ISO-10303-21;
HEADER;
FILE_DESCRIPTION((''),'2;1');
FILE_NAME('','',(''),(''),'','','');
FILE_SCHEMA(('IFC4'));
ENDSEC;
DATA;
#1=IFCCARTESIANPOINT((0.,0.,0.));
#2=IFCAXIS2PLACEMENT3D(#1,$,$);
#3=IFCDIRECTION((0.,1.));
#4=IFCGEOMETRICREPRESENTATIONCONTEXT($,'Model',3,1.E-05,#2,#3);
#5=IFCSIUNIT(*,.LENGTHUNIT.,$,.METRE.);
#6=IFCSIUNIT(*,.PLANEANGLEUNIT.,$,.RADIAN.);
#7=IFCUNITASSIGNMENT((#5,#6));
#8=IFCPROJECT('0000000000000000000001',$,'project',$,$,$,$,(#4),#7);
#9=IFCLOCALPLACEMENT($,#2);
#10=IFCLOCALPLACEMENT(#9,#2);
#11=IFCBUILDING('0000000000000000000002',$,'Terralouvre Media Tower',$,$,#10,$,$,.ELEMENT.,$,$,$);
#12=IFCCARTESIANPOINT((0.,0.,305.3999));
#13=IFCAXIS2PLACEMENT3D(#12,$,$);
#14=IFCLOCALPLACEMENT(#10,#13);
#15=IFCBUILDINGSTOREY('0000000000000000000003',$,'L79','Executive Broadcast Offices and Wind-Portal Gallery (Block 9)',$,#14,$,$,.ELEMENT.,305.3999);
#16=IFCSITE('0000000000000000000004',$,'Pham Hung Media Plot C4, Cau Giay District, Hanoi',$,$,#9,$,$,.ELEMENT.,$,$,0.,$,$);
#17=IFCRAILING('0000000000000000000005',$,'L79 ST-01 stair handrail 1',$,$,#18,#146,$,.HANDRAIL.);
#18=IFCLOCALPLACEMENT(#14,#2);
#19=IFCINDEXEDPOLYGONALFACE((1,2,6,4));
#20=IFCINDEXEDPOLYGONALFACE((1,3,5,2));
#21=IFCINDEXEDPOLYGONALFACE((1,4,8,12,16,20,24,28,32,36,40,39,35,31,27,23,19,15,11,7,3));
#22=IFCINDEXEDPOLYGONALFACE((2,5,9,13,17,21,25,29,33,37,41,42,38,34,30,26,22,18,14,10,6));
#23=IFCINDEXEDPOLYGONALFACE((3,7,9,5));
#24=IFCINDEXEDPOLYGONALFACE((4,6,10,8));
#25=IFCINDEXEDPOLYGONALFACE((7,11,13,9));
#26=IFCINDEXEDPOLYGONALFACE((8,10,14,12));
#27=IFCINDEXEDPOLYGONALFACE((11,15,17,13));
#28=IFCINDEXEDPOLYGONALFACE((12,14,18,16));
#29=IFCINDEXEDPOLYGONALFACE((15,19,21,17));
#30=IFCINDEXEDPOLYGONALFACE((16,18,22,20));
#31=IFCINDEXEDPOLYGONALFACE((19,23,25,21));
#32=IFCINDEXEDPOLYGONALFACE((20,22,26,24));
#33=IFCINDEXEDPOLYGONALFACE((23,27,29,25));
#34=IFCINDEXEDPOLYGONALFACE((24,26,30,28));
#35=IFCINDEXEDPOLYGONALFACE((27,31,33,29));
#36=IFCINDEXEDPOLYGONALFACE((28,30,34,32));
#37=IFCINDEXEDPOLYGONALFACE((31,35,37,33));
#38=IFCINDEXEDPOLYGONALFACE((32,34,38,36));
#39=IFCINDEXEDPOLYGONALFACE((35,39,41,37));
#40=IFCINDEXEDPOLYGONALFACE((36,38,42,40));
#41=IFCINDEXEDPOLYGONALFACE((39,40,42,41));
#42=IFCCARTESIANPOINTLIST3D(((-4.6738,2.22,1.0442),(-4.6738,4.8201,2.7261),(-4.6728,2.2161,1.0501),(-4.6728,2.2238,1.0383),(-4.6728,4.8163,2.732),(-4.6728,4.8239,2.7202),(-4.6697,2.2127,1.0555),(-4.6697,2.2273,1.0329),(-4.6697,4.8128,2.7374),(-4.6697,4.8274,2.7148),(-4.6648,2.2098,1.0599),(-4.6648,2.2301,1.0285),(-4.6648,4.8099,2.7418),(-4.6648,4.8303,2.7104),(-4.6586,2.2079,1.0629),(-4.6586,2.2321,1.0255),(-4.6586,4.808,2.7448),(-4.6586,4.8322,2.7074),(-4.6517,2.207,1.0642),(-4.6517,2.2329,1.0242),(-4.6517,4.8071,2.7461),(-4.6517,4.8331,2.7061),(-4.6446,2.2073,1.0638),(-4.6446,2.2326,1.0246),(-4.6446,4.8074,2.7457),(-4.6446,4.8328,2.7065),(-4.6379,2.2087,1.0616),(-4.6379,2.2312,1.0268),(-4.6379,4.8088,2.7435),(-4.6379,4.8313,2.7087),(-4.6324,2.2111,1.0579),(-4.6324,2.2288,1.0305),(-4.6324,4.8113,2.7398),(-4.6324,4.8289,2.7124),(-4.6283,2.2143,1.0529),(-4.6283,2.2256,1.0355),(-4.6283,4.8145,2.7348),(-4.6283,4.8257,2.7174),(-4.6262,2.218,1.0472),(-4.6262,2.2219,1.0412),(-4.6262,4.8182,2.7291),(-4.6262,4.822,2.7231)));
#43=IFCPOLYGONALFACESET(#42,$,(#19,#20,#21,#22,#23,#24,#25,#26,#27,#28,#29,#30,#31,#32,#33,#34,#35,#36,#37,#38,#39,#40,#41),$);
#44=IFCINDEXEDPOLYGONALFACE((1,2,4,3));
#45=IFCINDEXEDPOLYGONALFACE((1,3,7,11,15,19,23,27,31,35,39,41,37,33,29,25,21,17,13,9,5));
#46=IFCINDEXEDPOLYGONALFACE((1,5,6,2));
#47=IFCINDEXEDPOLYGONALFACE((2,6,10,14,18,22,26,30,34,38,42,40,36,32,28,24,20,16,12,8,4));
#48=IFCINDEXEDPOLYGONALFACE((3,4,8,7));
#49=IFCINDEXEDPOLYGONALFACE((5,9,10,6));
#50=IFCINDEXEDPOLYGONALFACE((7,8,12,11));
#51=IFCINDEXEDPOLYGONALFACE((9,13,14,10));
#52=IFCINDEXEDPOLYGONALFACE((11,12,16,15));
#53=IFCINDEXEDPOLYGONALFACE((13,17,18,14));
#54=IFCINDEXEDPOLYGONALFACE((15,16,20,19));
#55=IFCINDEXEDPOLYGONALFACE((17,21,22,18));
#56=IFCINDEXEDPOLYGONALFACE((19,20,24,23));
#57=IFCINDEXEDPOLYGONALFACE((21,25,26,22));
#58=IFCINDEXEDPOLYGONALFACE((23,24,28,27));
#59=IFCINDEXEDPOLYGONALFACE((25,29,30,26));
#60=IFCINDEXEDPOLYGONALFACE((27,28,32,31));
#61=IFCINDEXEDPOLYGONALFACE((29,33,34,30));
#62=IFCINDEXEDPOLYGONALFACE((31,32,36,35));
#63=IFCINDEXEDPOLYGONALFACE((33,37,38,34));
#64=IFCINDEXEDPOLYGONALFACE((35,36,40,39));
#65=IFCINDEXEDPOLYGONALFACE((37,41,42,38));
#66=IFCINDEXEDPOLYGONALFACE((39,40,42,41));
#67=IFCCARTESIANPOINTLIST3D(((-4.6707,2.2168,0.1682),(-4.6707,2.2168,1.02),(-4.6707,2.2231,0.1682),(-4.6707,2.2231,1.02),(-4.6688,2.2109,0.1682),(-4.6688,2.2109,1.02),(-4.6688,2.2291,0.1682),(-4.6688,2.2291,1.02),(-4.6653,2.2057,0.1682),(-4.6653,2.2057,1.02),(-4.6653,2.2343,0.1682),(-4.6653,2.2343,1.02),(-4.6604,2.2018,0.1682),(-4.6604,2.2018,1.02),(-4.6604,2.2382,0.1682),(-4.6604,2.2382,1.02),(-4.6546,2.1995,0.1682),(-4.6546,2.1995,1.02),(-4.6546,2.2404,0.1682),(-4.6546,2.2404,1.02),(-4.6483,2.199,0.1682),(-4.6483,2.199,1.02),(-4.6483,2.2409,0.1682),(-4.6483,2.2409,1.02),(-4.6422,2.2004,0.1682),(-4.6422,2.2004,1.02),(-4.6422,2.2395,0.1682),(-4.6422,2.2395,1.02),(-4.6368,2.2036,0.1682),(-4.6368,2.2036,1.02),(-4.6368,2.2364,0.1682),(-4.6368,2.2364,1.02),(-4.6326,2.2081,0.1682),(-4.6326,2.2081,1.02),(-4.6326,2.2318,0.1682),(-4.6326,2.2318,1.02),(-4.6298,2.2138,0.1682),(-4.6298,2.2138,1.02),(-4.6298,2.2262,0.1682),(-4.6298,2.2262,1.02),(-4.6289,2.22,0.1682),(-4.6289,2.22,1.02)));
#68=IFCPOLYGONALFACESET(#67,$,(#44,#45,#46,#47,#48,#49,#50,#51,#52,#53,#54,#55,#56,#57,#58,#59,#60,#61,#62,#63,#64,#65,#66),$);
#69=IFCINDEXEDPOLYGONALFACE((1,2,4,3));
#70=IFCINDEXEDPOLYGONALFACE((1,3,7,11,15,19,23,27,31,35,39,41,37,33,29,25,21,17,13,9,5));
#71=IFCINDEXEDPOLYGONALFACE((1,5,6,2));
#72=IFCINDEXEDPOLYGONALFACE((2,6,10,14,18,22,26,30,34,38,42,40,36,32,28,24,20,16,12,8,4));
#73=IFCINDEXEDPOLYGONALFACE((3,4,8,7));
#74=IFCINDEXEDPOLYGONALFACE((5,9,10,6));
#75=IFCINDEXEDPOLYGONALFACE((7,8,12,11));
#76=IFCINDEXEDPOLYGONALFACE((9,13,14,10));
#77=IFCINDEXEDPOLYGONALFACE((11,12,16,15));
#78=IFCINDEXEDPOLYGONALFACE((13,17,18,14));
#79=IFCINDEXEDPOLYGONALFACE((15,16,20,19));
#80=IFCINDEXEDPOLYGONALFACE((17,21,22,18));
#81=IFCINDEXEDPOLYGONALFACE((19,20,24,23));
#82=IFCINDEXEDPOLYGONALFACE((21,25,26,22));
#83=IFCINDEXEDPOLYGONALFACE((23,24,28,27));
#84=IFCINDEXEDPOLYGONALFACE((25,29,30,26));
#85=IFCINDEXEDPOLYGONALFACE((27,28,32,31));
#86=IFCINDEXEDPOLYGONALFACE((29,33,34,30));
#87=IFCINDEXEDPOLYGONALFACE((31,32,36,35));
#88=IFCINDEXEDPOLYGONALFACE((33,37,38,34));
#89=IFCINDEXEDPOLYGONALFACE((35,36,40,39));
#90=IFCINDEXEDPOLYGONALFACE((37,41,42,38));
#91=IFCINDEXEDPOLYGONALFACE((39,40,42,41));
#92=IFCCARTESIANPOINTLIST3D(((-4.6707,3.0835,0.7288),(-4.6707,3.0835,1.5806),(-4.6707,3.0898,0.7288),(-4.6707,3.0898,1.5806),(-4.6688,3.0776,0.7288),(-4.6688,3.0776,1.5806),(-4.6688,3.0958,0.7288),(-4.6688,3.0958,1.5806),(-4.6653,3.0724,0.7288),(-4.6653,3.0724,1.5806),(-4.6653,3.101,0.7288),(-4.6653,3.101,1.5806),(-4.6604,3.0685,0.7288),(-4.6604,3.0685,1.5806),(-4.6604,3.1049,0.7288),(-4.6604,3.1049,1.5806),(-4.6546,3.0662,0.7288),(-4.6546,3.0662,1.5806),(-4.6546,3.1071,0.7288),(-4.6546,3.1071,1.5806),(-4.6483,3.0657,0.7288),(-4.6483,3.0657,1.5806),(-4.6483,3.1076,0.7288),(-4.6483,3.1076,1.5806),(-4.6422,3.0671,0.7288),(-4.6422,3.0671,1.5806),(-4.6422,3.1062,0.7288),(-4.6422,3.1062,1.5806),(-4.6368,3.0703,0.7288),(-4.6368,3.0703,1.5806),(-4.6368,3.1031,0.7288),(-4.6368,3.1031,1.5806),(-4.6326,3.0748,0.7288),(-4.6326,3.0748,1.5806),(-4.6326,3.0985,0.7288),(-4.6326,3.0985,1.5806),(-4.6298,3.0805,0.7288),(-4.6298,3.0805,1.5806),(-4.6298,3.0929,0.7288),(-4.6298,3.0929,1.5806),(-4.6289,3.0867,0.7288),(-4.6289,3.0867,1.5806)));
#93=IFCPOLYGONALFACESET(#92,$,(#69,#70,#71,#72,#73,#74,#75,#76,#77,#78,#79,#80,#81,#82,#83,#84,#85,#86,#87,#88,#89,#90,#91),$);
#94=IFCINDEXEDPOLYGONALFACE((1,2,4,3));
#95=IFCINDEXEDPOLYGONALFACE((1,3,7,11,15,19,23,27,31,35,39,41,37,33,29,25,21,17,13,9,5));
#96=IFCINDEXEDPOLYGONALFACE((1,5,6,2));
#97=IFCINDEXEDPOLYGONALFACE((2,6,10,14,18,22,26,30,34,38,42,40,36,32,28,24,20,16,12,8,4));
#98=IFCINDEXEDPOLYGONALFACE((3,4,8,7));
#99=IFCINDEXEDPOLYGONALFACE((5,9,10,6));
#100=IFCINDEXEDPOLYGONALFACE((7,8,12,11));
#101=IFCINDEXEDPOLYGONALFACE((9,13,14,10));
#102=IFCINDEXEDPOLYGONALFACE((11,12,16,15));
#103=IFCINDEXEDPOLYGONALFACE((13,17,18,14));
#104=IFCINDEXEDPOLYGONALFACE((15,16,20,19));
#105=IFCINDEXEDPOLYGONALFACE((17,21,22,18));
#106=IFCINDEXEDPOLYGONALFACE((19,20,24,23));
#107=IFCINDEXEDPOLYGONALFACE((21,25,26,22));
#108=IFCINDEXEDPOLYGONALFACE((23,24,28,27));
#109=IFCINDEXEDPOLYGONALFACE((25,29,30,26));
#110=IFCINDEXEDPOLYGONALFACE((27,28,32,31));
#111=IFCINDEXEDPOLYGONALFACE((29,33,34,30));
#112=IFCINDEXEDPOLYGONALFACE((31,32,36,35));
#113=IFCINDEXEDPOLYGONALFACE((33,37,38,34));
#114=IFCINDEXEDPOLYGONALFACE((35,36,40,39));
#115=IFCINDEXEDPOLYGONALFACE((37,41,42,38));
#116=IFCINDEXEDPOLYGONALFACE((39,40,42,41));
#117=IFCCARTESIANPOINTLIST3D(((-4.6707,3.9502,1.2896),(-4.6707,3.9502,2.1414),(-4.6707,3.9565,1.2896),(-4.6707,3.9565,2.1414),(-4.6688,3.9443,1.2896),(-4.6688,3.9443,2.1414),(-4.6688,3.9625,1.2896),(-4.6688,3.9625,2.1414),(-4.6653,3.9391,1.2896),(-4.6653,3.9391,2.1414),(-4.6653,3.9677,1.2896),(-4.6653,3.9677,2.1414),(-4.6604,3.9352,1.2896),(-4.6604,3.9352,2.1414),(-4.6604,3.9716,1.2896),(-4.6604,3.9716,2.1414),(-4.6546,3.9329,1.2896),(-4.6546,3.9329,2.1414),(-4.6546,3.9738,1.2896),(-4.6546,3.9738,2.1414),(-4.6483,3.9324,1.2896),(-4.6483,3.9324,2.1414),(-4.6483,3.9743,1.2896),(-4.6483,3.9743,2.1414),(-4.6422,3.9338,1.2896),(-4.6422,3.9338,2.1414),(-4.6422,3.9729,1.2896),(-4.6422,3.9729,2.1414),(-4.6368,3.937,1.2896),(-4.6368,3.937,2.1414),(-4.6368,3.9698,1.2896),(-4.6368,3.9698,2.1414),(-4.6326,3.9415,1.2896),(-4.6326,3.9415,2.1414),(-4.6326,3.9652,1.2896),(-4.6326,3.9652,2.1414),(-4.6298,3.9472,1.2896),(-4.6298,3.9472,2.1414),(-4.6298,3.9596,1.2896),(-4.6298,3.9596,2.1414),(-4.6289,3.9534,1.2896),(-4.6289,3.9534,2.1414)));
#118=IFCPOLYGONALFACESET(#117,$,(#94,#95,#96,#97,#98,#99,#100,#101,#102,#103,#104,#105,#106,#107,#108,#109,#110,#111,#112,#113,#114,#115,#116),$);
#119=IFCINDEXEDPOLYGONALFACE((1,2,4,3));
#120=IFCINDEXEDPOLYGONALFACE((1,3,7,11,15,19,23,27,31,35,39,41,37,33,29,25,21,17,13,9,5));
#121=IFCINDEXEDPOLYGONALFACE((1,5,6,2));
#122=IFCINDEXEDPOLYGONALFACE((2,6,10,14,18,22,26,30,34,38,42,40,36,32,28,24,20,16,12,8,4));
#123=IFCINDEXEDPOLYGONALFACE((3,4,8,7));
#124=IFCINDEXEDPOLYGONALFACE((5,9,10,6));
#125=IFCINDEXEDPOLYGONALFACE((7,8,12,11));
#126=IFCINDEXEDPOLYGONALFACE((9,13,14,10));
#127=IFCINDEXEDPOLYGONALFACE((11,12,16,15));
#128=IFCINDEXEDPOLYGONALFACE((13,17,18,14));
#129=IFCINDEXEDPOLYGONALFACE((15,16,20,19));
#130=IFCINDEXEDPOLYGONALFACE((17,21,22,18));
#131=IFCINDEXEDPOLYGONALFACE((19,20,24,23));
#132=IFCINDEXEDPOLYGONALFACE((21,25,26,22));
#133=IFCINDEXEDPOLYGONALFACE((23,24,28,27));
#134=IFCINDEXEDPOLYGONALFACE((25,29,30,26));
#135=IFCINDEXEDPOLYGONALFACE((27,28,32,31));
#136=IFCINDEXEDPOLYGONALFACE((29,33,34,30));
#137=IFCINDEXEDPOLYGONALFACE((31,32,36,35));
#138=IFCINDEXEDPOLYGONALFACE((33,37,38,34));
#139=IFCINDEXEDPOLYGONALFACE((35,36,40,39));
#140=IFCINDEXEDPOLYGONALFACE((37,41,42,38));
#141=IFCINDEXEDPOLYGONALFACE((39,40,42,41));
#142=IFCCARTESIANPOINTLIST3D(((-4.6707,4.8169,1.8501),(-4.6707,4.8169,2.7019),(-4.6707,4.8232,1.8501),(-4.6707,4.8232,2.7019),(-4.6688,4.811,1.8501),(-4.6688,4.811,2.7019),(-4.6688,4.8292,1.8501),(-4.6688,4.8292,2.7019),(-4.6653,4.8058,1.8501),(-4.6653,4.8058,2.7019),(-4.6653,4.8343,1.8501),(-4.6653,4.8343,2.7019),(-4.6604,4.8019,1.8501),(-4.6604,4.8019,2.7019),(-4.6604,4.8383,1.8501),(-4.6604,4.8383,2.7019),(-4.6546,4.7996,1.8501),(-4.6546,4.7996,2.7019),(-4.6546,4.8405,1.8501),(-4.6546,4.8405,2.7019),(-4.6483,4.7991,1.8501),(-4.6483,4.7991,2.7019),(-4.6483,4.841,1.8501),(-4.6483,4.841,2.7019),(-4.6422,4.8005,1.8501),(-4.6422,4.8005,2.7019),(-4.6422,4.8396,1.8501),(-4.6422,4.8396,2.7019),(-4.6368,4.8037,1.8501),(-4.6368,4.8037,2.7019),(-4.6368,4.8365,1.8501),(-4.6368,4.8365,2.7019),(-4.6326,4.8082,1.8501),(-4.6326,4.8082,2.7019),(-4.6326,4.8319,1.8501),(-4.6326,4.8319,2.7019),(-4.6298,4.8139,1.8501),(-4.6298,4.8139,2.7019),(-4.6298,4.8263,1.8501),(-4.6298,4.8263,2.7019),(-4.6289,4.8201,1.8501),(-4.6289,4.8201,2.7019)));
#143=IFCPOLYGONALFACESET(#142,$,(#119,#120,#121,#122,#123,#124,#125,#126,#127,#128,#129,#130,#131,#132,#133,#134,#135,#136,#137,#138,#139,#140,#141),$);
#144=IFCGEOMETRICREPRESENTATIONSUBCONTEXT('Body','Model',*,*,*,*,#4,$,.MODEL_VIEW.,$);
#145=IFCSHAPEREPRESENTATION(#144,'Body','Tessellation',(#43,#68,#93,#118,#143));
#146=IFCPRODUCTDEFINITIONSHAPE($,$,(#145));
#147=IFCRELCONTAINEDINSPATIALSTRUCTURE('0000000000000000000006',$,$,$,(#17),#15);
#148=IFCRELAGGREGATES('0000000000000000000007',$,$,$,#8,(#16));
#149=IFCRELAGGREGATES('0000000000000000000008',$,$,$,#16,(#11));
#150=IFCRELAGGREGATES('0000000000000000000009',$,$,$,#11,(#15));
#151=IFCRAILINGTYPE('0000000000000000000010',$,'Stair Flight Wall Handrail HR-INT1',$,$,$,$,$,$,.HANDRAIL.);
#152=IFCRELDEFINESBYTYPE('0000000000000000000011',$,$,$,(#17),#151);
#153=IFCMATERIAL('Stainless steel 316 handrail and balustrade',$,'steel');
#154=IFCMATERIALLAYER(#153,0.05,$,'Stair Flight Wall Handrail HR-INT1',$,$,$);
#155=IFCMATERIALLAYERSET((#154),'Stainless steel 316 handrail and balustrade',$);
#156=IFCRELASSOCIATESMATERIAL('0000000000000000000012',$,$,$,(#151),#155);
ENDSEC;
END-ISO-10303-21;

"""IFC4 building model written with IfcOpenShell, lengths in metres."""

from ifc_helpers import new_model, si_unit, direction, frame, origin, origin_2d, place, context, subcontext, project, spatial, circle, extrude, material, layer, layer_set, type_object, element, save


model = new_model("IFC4")

# Units and contexts
model_context = context("Model", 3, precision=1e-05, world=origin(), true_north=direction((0.0, 1.0)))
body_context = subcontext(model_context, "Body", "Model", "MODEL_VIEW")
ifc_project = project(units=[si_unit("LENGTHUNIT", "METRE"), si_unit("PLANEANGLEUNIT", "RADIAN")], contexts=[model_context])

# Site, building, storey
site_placement = place(None, origin())
site = spatial("IfcSite", under=ifc_project, at=site_placement, Name="Pham Hung Media Plot C4, Cau Giay District, Hanoi", CompositionType="ELEMENT", RefElevation=0.0)
building_placement = place(site_placement, origin())
building = spatial("IfcBuilding", under=site, at=building_placement, Name="Terralouvre Media Tower", CompositionType="ELEMENT")
storey_placement = place(building_placement, frame((0.0, 0.0, 305.3999)))
storey = spatial("IfcBuildingStorey", under=building, at=storey_placement, Name="L79", Description="Executive Broadcast Offices and Wind-Portal Gallery (Block 9)", CompositionType="ELEMENT", Elevation=305.3999)

# Railing
ifc_material_1 = material(Name="Stainless steel 316 handrail and balustrade", Category="steel")
ifc_layer_1 = layer(ifc_material_1, 0.05, Name="Stair Flight Wall Handrail HR-INT1")
ifc_layer_set_1 = layer_set([ifc_layer_1], Name="Stainless steel 316 handrail and balustrade")
railing_type_1 = type_object("IfcRailingType", Name="Stair Flight Wall Handrail HR-INT1", PredefinedType="HANDRAIL", material=ifc_layer_set_1)
railing_1_placement = place(storey_placement, frame((-4.6499, 2.22, 0.1682)))
element("IfcRailing", 1, at=railing_1_placement, inside=storey, type_object=railing_type_1, Name="L79 ST-01 stair handrail 1", PredefinedType="HANDRAIL", context=body_context, shape_type="SweptSolid", body=[
    extrude(circle(Radius=0.0239, at=origin_2d()), frame((0.0, 0.0, 0.876), z_axis=(0.0, 0.839648, 0.54313), x_axis=(-1.0, 0.0, 0.0)), (0.0, 0.0, 1.0), 3.0967),
    extrude(circle(Radius=0.021, at=origin_2d()), origin(), (0.0, 0.0, 1.0), 0.8518),
    extrude(circle(Radius=0.021, at=origin_2d()), frame((0.0, 0.8667, 0.5605)), (0.0, 0.0, 1.0), 0.8518),
    extrude(circle(Radius=0.021, at=origin_2d()), frame((0.0, 1.7334, 1.1213)), (0.0, 0.0, 1.0), 0.8518),
    extrude(circle(Radius=0.021, at=origin_2d()), frame((0.0, 2.6001, 1.6819)), (0.0, 0.0, 1.0), 0.8518),
])

save(model, "model.ifc")
